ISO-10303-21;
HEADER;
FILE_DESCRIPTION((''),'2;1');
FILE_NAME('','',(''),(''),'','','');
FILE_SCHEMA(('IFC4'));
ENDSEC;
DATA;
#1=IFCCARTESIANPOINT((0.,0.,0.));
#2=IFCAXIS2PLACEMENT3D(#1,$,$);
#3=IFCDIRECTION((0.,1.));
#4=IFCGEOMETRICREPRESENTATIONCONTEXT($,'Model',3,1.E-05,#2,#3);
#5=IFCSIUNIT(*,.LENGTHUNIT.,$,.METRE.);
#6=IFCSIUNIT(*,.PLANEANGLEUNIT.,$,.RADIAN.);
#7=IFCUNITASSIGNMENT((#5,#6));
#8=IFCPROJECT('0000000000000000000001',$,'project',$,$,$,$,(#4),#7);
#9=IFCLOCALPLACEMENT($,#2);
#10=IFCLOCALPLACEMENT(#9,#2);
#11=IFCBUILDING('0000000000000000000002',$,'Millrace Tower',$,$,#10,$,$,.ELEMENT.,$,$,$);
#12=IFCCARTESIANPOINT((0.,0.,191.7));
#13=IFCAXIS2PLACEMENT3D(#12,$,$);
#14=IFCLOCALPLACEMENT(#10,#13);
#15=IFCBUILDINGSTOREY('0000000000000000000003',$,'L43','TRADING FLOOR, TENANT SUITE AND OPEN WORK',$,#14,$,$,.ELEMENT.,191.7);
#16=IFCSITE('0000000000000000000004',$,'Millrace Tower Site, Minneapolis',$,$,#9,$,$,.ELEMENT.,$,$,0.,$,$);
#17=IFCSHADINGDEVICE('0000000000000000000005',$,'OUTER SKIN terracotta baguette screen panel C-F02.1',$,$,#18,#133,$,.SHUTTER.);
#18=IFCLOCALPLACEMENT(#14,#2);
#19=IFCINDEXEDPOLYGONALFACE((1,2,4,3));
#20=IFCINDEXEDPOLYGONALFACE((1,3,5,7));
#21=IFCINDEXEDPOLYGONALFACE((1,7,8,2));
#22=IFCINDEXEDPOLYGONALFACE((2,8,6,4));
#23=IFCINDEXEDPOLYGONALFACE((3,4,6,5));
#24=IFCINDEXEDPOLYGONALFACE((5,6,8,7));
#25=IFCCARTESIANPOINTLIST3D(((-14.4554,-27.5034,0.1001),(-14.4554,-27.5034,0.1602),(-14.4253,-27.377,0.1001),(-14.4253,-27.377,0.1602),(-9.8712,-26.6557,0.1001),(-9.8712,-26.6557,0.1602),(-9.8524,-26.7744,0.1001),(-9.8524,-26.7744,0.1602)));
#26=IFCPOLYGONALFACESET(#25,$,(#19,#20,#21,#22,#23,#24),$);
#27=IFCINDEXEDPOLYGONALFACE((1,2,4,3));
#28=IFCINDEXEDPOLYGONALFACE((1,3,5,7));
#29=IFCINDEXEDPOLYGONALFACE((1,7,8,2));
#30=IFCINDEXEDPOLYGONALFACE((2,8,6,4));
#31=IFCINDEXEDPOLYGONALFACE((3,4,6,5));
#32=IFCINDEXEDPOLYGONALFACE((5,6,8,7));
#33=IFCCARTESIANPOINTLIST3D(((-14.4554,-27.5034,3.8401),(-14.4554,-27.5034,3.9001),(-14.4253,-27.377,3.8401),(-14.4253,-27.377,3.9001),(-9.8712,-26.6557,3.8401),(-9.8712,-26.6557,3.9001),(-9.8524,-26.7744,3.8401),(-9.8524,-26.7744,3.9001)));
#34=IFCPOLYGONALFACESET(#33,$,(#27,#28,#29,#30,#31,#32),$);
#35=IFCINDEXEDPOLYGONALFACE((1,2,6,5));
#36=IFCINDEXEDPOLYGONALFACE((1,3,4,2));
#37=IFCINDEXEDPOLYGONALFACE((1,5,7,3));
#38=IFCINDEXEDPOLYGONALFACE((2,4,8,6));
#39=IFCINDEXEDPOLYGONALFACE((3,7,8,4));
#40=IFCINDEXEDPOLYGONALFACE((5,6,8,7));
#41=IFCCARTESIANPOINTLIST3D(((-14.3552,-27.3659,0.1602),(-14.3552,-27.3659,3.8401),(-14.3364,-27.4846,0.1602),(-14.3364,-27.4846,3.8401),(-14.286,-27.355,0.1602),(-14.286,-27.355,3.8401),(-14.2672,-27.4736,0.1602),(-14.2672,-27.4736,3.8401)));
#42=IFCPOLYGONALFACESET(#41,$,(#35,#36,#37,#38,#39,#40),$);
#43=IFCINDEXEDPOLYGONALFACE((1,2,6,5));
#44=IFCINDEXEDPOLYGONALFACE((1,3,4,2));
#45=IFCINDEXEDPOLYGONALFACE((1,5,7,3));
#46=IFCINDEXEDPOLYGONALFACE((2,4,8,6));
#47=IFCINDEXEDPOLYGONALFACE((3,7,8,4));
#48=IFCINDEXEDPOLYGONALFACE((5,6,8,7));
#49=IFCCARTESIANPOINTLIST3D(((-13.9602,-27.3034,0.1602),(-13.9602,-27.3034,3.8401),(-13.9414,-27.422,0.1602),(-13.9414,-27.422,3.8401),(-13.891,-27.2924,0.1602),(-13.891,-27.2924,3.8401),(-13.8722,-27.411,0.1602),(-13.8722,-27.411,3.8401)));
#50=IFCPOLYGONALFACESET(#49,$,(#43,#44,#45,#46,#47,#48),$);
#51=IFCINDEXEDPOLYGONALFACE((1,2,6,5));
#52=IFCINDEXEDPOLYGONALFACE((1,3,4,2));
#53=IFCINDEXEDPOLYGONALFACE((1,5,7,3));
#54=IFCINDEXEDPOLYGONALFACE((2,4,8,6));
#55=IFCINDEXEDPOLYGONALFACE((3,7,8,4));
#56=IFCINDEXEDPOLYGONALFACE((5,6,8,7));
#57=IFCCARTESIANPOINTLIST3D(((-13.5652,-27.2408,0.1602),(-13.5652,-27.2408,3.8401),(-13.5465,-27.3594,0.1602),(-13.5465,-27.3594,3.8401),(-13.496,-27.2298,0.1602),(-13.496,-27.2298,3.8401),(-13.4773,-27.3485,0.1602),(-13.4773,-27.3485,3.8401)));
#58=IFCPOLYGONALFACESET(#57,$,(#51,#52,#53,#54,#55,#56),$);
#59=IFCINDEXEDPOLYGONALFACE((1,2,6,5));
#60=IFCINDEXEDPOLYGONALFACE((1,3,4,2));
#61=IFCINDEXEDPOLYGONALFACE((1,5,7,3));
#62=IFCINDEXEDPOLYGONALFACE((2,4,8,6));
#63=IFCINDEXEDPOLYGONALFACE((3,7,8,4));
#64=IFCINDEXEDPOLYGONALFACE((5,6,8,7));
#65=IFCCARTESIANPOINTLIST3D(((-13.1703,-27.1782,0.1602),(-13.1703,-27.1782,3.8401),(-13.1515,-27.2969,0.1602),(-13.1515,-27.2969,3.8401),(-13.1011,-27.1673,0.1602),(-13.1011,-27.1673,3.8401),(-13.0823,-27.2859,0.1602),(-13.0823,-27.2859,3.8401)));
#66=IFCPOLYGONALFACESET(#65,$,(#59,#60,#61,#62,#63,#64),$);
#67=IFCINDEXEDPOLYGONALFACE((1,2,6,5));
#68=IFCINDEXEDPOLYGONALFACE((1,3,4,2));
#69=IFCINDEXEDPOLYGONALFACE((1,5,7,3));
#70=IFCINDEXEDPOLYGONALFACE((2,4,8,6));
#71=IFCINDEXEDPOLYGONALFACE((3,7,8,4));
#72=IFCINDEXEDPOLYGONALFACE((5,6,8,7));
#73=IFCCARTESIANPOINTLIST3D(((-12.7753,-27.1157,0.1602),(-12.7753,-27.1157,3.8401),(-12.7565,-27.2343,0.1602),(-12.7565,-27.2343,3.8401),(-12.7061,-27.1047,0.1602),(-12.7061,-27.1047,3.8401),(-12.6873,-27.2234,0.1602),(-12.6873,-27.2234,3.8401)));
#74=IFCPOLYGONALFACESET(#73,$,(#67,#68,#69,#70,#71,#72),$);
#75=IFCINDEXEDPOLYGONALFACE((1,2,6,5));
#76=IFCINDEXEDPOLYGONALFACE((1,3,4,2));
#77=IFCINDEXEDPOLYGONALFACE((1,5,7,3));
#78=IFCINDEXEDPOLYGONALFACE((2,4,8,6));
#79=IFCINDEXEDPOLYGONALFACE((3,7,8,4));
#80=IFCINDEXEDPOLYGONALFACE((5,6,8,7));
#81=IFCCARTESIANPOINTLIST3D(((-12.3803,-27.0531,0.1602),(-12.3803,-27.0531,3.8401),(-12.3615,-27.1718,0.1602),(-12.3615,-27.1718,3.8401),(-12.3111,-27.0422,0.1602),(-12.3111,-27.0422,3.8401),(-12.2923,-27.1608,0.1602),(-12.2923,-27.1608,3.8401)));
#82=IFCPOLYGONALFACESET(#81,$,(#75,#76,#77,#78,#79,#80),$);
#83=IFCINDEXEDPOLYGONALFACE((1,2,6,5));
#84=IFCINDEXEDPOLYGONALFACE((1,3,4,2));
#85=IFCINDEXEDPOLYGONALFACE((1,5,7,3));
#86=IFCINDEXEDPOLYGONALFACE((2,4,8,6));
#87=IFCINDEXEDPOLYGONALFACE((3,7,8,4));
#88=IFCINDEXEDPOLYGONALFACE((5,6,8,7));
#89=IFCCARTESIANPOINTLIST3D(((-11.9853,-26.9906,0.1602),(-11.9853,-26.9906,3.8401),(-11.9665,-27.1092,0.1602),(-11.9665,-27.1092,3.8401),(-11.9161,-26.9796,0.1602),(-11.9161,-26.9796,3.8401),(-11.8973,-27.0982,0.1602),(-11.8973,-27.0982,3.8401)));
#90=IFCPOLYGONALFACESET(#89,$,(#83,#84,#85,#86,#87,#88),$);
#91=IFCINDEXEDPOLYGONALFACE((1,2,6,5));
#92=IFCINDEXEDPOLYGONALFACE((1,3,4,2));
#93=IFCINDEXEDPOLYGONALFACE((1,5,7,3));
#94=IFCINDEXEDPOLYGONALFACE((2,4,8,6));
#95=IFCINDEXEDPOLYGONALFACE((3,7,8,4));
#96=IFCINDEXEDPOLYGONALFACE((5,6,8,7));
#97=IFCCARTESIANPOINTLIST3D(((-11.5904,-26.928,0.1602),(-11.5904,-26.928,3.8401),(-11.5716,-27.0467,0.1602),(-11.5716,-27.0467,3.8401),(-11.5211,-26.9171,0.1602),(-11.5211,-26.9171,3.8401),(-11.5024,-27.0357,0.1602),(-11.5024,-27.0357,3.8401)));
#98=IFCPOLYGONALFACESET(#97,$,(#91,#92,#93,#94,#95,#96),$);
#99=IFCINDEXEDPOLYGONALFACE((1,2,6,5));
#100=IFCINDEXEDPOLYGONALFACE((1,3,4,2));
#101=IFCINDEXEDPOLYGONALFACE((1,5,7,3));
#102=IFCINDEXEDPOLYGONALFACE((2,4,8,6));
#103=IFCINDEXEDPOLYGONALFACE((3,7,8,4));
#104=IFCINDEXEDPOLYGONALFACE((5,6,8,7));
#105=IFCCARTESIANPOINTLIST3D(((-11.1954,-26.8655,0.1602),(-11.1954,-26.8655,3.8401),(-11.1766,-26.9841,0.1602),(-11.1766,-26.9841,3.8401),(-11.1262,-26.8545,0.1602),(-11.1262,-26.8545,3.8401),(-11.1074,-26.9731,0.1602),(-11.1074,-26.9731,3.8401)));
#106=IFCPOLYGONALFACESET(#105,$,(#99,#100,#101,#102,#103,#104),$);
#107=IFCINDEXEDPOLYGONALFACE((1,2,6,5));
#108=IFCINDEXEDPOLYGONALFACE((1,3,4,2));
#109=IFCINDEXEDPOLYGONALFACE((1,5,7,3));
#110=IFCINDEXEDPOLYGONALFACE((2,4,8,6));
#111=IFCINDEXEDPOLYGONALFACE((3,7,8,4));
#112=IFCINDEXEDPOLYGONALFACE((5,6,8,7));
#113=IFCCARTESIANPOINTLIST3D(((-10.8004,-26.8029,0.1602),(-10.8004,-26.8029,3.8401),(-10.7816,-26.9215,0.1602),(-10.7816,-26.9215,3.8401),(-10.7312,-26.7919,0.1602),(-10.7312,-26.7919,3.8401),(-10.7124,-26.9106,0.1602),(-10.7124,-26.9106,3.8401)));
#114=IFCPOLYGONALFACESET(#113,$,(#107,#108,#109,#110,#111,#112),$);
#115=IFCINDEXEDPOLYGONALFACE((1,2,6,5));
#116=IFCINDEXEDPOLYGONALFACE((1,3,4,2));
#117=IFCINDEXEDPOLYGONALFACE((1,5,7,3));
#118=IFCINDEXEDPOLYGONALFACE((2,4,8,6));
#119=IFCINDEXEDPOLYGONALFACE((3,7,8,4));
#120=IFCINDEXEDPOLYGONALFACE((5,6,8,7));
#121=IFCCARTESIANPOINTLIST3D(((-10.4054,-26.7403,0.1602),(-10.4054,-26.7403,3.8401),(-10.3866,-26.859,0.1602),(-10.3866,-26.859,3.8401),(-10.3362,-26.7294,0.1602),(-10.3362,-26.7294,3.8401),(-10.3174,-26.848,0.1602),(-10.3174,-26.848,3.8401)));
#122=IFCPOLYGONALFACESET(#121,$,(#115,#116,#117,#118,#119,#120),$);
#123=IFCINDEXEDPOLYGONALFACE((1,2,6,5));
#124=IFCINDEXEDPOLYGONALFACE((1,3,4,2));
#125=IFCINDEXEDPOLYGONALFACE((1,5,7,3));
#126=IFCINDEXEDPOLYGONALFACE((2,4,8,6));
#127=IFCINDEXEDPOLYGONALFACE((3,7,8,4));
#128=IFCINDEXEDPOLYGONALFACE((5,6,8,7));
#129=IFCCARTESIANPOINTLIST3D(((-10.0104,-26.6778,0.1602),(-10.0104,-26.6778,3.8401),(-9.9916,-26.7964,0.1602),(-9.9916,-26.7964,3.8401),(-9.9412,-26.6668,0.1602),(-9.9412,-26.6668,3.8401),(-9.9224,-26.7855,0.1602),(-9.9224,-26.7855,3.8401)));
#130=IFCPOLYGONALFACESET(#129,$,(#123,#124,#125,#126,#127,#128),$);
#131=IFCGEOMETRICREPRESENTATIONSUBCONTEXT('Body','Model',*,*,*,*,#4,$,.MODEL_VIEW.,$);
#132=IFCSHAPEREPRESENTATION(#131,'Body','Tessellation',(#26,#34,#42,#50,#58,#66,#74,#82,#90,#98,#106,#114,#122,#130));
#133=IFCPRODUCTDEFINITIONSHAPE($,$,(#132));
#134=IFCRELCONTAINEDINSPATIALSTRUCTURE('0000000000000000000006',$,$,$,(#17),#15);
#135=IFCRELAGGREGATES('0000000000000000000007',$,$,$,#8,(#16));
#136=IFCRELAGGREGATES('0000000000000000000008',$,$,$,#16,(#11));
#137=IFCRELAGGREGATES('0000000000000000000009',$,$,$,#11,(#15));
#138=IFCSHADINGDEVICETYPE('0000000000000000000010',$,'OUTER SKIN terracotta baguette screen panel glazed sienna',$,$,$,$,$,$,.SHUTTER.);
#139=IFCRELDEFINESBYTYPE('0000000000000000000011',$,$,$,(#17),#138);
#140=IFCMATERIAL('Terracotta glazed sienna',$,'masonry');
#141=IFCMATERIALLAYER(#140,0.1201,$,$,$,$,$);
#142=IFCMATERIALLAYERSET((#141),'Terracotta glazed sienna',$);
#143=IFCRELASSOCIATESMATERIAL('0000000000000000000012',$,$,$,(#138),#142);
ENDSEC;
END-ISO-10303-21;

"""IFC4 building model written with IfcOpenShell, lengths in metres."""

from ifc_helpers import new_model, entity, si_unit, direction, frame, frame_2d, origin, place, context, subcontext, project, spatial, rectangle, extrude, source, transform, mapped, material, layer, layer_set, type_object, element, save


model = new_model("IFC4")

# Units and contexts
model_context = context("Model", 3, precision=1e-05, world=origin(), true_north=direction((0.0, 1.0)))
body_context = subcontext(model_context, "Body", "Model", "MODEL_VIEW")
ifc_project = project(units=[si_unit("LENGTHUNIT", "METRE"), si_unit("PLANEANGLEUNIT", "RADIAN")], contexts=[model_context])

# Site, building, storey
site_placement = place(None, origin())
site = spatial("IfcSite", under=ifc_project, at=site_placement, Name="Millrace Tower Site, Minneapolis", CompositionType="ELEMENT", RefElevation=0.0)
building_placement = place(site_placement, origin())
building = spatial("IfcBuilding", under=site, at=building_placement, Name="Millrace Tower", CompositionType="ELEMENT")
storey_placement = place(building_placement, frame((0.0, 0.0, 191.7)))
storey = spatial("IfcBuildingStorey", under=building, at=storey_placement, Name="L43", Description="TRADING FLOOR, TENANT SUITE AND OPEN WORK", CompositionType="ELEMENT", Elevation=191.7)

# Shading device
ifc_material_1 = material(Name="Terracotta glazed sienna", Category="masonry")
ifc_layer_1 = layer(ifc_material_1, 0.1201)
ifc_layer_set_1 = layer_set([ifc_layer_1], Name="Terracotta glazed sienna")
shading_device_type = type_object("IfcShadingDeviceType", Name="OUTER SKIN terracotta baguette screen panel glazed sienna", PredefinedType="SHUTTER", material=ifc_layer_set_1)
cartesian_point_1 = entity("IfcCartesianPoint", [-2.293, 0.0601])
shared_polyline_1 = entity("IfcPolyline", [cartesian_point_1, entity("IfcCartesianPoint", [2.3179, 0.0601]), entity("IfcCartesianPoint", [2.3179, -0.0601]), entity("IfcCartesianPoint", [-2.3425, -0.0601]), cartesian_point_1])
shared_shape_1 = source(origin(), body_context, "Body", "SweptSolid", [
    entity("IfcExtrudedAreaSolid", entity("IfcArbitraryClosedProfileDef", "AREA", None, shared_polyline_1), entity("IfcAxis2Placement3D", entity("IfcCartesianPoint", [0.0, 0.0, 0.0])), entity("IfcDirection", [0.0, 0.0, 1.0]), 0.0601),
    entity("IfcExtrudedAreaSolid", entity("IfcArbitraryClosedProfileDef", "AREA", None, shared_polyline_1), entity("IfcAxis2Placement3D", entity("IfcCartesianPoint", [0.0, 0.0, 3.74])), entity("IfcDirection", [0.0, 0.0, 1.0]), 0.0601),
    extrude(rectangle(XDim=0.0701, YDim=0.1201, at=frame_2d((-2.187, 0.0))), frame((0.0, 0.0, 0.0601)), (0.0, 0.0, 1.0), 3.6799),
    extrude(rectangle(XDim=0.0701, YDim=0.1201, at=frame_2d((-1.7871, 0.0))), frame((0.0, 0.0, 0.0601)), (0.0, 0.0, 1.0), 3.6799),
    extrude(rectangle(XDim=0.0701, YDim=0.1201, at=frame_2d((-1.3872, 0.0))), frame((0.0, 0.0, 0.0601)), (0.0, 0.0, 1.0), 3.6799),
    extrude(rectangle(XDim=0.0701, YDim=0.1201, at=frame_2d((-0.9873, 0.0))), frame((0.0, 0.0, 0.0601)), (0.0, 0.0, 1.0), 3.6799),
    extrude(rectangle(XDim=0.0701, YDim=0.1201, at=frame_2d((-0.5874, 0.0))), frame((0.0, 0.0, 0.0601)), (0.0, 0.0, 1.0), 3.6799),
    extrude(rectangle(XDim=0.0701, YDim=0.1201, at=frame_2d((-0.1875, 0.0))), frame((0.0, 0.0, 0.0601)), (0.0, 0.0, 1.0), 3.6799),
    extrude(rectangle(XDim=0.0701, YDim=0.1201, at=frame_2d((0.2124, 0.0))), frame((0.0, 0.0, 0.0601)), (0.0, 0.0, 1.0), 3.6799),
    extrude(rectangle(XDim=0.0701, YDim=0.1201, at=frame_2d((0.6123, 0.0))), frame((0.0, 0.0, 0.0601)), (0.0, 0.0, 1.0), 3.6799),
    extrude(rectangle(XDim=0.0701, YDim=0.1201, at=frame_2d((1.0122, 0.0))), frame((0.0, 0.0, 0.0601)), (0.0, 0.0, 1.0), 3.6799),
    extrude(rectangle(XDim=0.0701, YDim=0.1201, at=frame_2d((1.4121, 0.0))), frame((0.0, 0.0, 0.0601)), (0.0, 0.0, 1.0), 3.6799),
    extrude(rectangle(XDim=0.0701, YDim=0.1201, at=frame_2d((1.812, 0.0))), frame((0.0, 0.0, 0.0601)), (0.0, 0.0, 1.0), 3.6799),
    extrude(rectangle(XDim=0.0701, YDim=0.1201, at=frame_2d((2.2119, 0.0))), frame((0.0, 0.0, 0.0601)), (0.0, 0.0, 1.0), 3.6799),
])
shading_device_placement = place(storey_placement, frame((-12.1511, -27.0776, 0.1001), z_axis=(0.0, 0.0, 1.0), x_axis=(0.987688, 0.156434, 0.0)))
element("IfcShadingDevice", 1, at=shading_device_placement, inside=storey, type_object=shading_device_type, Name="OUTER SKIN terracotta baguette screen panel C-F02.1", PredefinedType="SHUTTER", context=body_context, shape_type="MappedRepresentation", body=[
    mapped(shared_shape_1, transform((0.0, 0.0, 0.0), scale=1.0)),
])

save(model, "model.ifc")
